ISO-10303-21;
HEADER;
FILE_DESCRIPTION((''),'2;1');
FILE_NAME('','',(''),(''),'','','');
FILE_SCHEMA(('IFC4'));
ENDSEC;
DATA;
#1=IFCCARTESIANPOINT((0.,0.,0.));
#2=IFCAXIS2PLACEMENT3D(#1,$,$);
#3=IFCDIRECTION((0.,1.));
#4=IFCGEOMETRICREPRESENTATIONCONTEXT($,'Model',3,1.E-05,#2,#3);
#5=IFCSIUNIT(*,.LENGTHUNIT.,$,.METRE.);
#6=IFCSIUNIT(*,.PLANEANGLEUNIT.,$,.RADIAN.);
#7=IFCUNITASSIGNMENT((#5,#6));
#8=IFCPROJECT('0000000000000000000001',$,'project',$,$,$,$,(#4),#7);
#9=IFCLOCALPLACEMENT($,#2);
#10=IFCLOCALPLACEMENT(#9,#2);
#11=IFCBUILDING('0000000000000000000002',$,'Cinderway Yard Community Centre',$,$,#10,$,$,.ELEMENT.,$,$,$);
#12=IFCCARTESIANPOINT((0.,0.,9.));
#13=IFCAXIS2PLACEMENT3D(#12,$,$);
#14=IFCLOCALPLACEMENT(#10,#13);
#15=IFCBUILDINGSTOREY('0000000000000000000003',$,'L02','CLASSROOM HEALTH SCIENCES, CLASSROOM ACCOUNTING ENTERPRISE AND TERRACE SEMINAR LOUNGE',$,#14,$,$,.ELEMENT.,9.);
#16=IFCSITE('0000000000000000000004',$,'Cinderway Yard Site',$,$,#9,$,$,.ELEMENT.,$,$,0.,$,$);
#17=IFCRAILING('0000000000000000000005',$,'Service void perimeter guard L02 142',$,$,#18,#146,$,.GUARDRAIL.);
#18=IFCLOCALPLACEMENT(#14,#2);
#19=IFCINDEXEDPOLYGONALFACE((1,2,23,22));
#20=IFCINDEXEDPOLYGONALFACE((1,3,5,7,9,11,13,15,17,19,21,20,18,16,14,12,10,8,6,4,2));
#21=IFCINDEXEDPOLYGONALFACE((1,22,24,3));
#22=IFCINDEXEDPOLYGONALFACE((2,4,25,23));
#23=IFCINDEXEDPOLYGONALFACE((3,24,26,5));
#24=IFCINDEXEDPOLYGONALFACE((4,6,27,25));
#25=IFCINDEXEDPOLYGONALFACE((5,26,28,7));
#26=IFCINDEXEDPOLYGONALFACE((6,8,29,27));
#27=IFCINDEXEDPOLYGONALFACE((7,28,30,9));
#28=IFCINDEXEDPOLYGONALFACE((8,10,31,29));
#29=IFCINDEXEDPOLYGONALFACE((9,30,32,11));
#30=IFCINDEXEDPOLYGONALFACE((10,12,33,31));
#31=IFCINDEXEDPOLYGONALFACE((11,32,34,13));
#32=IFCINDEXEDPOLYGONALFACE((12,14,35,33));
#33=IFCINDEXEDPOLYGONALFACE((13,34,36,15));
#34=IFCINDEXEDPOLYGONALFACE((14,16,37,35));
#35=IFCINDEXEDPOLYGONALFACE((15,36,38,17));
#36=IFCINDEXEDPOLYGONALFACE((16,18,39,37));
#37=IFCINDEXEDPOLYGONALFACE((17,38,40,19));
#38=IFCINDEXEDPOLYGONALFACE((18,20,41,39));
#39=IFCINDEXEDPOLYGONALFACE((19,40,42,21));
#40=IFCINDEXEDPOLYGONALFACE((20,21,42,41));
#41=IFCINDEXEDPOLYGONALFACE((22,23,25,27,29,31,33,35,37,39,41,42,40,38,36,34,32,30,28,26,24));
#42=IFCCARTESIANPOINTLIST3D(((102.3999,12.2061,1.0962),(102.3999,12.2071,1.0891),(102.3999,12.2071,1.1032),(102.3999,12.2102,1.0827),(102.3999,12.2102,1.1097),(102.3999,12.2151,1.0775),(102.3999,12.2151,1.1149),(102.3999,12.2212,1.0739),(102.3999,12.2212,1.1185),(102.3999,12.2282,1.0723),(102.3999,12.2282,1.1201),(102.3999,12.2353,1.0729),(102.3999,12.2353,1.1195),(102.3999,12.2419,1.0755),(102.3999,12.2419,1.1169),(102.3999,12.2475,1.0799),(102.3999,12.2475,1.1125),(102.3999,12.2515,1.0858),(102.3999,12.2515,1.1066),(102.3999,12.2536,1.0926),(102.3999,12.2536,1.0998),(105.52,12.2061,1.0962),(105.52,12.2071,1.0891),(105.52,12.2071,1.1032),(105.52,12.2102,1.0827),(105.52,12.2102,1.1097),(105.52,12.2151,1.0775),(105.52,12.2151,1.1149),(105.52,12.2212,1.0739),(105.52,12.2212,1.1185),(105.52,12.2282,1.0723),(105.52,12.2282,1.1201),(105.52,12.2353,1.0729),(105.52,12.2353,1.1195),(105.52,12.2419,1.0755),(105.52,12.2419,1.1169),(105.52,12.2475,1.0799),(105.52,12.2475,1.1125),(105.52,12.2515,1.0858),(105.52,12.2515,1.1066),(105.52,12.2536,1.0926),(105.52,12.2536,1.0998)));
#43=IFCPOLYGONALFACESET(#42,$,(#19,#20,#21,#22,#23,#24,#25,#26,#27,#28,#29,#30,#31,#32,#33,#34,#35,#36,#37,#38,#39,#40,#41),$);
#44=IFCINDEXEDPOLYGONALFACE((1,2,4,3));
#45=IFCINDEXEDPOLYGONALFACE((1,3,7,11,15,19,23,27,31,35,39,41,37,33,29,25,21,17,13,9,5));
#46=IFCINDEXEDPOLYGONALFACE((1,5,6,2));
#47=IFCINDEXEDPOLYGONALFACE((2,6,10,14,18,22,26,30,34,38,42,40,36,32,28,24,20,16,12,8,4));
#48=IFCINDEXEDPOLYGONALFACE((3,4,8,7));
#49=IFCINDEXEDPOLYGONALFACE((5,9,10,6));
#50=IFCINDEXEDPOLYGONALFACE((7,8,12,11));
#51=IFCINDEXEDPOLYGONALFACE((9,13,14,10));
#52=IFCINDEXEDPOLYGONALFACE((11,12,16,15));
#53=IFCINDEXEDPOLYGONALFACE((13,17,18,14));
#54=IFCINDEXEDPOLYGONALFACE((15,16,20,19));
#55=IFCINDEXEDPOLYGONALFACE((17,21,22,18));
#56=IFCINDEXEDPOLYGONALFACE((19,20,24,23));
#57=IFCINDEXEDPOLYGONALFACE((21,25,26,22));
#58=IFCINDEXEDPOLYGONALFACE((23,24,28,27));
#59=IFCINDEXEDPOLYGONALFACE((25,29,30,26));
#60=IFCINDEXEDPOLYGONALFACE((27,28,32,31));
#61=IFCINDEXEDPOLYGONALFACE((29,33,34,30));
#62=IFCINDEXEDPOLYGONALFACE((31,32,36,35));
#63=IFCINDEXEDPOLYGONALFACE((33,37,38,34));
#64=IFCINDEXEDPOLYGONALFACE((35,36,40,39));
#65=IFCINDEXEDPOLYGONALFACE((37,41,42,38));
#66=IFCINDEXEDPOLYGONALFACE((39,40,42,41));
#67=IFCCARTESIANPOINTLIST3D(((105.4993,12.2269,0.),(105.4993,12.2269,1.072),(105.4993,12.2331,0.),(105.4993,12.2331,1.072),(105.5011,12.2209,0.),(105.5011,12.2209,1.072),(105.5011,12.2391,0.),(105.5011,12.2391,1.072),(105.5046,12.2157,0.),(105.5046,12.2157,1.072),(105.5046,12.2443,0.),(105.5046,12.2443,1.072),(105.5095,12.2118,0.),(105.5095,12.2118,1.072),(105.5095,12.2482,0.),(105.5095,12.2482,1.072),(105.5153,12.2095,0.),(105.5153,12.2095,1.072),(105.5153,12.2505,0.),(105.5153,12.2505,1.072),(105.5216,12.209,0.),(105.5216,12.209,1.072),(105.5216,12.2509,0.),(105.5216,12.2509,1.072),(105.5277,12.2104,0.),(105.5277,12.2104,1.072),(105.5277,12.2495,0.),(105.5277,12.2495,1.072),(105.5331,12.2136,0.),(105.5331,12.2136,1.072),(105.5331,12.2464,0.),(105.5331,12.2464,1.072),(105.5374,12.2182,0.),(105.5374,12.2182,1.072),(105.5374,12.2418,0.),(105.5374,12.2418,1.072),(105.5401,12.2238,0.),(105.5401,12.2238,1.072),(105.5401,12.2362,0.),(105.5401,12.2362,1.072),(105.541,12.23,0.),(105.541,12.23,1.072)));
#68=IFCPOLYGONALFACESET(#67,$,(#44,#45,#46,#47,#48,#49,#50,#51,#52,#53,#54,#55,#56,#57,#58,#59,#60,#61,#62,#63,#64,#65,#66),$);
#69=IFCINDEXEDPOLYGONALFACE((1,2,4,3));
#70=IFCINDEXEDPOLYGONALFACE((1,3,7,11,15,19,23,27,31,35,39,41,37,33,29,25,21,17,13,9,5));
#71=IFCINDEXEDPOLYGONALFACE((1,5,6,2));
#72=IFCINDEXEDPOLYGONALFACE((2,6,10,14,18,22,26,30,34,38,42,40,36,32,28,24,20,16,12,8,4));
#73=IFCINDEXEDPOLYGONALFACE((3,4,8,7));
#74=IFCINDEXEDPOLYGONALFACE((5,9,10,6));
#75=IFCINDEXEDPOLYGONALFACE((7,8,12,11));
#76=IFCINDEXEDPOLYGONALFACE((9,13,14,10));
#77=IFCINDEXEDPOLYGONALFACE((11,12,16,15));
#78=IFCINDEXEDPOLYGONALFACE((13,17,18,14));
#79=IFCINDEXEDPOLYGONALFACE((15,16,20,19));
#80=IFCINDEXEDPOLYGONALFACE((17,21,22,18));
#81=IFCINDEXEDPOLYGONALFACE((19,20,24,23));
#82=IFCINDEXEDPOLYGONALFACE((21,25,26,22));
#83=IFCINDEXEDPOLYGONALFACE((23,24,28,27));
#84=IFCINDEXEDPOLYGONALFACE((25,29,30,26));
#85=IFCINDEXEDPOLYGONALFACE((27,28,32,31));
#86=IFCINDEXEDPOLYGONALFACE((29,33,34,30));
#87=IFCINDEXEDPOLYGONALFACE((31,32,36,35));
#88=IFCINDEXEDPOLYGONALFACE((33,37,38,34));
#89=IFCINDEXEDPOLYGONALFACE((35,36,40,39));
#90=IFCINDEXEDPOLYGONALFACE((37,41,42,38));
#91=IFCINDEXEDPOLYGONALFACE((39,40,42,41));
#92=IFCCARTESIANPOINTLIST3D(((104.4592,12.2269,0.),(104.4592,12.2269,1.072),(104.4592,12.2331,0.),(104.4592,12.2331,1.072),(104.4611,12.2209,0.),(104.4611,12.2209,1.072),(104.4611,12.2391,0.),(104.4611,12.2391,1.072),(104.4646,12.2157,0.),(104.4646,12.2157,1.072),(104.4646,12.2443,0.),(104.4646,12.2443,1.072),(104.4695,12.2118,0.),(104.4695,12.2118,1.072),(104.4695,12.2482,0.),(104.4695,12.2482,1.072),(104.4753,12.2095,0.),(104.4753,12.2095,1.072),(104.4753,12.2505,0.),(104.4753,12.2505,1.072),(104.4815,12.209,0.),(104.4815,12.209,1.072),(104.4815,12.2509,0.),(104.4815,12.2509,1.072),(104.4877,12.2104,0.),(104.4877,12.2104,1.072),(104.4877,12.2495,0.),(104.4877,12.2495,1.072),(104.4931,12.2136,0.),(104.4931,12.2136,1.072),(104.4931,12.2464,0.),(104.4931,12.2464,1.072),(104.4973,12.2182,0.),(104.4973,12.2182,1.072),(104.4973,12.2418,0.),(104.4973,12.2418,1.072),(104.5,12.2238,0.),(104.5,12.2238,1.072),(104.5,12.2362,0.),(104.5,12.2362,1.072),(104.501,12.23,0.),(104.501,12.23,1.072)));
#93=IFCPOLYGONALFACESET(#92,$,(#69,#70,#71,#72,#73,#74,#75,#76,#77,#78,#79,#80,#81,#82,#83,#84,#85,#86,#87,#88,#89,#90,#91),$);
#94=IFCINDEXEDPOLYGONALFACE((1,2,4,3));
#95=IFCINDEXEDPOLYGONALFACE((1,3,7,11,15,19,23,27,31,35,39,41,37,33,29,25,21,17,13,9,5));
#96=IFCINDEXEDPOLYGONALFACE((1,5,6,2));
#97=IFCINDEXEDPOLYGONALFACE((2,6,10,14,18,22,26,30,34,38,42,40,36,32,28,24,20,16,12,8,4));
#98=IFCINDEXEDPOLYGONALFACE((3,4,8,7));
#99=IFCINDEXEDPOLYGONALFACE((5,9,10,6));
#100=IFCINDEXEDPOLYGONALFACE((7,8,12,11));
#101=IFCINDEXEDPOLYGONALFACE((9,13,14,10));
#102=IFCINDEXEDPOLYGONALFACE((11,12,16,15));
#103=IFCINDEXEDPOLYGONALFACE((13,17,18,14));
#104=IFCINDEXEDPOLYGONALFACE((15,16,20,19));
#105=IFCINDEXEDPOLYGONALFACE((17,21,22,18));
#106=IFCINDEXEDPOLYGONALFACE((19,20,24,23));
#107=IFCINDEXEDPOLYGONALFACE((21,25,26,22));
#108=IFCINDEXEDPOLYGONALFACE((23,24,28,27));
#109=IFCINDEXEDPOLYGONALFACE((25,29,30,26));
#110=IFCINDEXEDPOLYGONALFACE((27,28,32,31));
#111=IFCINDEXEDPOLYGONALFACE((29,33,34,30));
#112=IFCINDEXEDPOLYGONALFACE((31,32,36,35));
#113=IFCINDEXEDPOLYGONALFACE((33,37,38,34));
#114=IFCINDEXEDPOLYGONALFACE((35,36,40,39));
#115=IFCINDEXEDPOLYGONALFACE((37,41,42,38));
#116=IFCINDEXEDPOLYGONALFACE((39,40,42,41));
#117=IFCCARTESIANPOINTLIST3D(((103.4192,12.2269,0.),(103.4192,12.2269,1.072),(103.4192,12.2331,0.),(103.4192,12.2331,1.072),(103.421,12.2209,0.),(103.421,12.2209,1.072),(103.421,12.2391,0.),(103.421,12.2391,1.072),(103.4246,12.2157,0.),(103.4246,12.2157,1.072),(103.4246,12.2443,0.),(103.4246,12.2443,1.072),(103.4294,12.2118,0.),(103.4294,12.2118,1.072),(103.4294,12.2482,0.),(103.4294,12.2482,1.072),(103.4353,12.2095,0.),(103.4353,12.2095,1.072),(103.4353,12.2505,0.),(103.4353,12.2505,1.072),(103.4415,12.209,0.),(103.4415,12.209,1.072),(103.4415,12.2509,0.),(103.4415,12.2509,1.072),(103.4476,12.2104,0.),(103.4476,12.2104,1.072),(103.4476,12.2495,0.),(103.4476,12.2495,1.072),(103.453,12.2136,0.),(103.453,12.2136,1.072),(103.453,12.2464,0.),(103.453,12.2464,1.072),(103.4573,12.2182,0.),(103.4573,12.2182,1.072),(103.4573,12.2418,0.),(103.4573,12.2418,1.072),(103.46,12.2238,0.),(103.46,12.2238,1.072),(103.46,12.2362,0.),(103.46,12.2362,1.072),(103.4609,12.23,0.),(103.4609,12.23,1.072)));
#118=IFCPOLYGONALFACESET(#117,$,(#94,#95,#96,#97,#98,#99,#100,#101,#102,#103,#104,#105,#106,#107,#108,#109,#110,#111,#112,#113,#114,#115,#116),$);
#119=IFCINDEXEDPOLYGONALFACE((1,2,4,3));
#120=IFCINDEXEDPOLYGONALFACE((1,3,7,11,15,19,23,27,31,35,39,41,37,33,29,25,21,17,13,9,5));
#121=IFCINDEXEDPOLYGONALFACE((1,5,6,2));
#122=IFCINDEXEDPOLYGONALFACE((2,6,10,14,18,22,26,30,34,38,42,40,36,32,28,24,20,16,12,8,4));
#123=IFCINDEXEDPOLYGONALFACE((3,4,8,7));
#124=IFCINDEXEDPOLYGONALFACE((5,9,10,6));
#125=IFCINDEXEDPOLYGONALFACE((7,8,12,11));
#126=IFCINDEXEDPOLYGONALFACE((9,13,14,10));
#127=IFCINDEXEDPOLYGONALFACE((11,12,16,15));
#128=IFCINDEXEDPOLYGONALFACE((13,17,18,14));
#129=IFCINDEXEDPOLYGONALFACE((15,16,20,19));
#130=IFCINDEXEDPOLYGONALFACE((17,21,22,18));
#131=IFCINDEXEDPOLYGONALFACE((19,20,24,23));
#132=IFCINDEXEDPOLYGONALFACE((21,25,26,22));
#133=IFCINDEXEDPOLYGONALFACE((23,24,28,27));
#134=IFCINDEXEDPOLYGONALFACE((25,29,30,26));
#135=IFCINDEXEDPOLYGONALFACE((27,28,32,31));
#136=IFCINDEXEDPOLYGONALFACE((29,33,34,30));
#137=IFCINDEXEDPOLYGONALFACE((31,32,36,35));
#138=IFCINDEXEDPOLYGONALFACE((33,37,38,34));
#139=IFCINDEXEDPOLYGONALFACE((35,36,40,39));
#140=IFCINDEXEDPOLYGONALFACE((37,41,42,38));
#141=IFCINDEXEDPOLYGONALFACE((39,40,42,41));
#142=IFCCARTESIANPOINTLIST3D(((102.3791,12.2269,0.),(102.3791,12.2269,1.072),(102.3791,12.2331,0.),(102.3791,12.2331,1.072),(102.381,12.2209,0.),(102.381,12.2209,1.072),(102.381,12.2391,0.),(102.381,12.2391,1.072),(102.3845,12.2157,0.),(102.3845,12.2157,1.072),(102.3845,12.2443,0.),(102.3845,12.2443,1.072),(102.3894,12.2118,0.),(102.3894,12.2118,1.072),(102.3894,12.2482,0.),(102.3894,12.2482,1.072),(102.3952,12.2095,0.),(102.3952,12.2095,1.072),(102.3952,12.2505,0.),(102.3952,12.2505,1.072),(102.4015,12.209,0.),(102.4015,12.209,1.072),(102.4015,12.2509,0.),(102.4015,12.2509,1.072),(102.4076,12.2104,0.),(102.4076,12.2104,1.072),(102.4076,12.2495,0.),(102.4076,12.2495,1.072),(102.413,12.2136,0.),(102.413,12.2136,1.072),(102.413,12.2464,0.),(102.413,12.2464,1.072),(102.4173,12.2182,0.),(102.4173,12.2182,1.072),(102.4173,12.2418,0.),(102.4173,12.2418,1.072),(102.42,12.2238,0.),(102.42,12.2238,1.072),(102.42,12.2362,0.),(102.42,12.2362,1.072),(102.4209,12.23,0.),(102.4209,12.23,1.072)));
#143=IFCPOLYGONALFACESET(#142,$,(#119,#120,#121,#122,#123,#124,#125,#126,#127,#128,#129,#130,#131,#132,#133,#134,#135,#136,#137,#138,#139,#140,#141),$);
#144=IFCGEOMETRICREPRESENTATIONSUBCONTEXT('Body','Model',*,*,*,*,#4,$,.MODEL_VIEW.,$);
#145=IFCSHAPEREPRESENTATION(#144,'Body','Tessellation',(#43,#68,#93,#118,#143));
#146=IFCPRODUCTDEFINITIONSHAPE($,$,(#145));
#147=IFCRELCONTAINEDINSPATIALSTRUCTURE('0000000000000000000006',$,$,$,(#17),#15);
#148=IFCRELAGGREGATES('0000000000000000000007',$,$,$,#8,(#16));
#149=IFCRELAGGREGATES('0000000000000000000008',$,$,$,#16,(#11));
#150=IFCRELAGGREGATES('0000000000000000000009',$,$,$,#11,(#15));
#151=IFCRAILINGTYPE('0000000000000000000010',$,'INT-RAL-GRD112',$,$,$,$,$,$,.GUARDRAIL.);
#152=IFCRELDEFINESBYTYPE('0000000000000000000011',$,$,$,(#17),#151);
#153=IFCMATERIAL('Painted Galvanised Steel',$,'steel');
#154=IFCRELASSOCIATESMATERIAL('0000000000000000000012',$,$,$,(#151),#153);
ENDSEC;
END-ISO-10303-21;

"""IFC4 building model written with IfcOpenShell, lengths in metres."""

from ifc_helpers import new_model, si_unit, direction, frame, origin, origin_2d, place, context, subcontext, project, spatial, circle, extrude, material, type_object, element, save


model = new_model("IFC4")

# Units and contexts
model_context = context("Model", 3, precision=1e-05, world=origin(), true_north=direction((0.0, 1.0)))
body_context = subcontext(model_context, "Body", "Model", "MODEL_VIEW")
ifc_project = project(units=[si_unit("LENGTHUNIT", "METRE"), si_unit("PLANEANGLEUNIT", "RADIAN")], contexts=[model_context])

# Site, building, storey
site_placement = place(None, origin())
site = spatial("IfcSite", under=ifc_project, at=site_placement, Name="Cinderway Yard Site", CompositionType="ELEMENT", RefElevation=0.0)
building_placement = place(site_placement, origin())
building = spatial("IfcBuilding", under=site, at=building_placement, Name="Cinderway Yard Community Centre", CompositionType="ELEMENT")
storey_placement = place(building_placement, frame((0.0, 0.0, 9.0)))
storey = spatial("IfcBuildingStorey", under=building, at=storey_placement, Name="L02", Description="CLASSROOM HEALTH SCIENCES, CLASSROOM ACCOUNTING ENTERPRISE AND TERRACE SEMINAR LOUNGE", CompositionType="ELEMENT", Elevation=9.0)

# Shared definitions
ifc_material_1 = material(Name="Painted Galvanised Steel", Category="steel")

# Railing
railing_type = type_object("IfcRailingType", Name="INT-RAL-GRD112", PredefinedType="GUARDRAIL", material=ifc_material_1)
railing_1_placement = place(storey_placement, frame((105.52, 12.23, 0.0)))
element("IfcRailing", 1, at=railing_1_placement, inside=storey, type_object=railing_type, Name="Service void perimeter guard L02 142", PredefinedType="GUARDRAIL", context=body_context, shape_type="SweptSolid", body=[
    extrude(circle(Radius=0.0239, at=origin_2d()), frame((0.0, 0.0, 1.0962), z_axis=(-1.0, 0.0, 0.0), x_axis=(0.0, -1.0, 0.0)), (0.0, 0.0, 1.0), 3.1201),
    extrude(circle(Radius=0.021, at=origin_2d()), origin(), (0.0, 0.0, 1.0), 1.072),
    extrude(circle(Radius=0.021, at=origin_2d()), frame((-1.04, 0.0, 0.0)), (0.0, 0.0, 1.0), 1.072),
    extrude(circle(Radius=0.021, at=origin_2d()), frame((-2.0801, 0.0, 0.0)), (0.0, 0.0, 1.0), 1.072),
    extrude(circle(Radius=0.021, at=origin_2d()), frame((-3.1201, 0.0, 0.0)), (0.0, 0.0, 1.0), 1.072),
])

save(model, "model.ifc")
